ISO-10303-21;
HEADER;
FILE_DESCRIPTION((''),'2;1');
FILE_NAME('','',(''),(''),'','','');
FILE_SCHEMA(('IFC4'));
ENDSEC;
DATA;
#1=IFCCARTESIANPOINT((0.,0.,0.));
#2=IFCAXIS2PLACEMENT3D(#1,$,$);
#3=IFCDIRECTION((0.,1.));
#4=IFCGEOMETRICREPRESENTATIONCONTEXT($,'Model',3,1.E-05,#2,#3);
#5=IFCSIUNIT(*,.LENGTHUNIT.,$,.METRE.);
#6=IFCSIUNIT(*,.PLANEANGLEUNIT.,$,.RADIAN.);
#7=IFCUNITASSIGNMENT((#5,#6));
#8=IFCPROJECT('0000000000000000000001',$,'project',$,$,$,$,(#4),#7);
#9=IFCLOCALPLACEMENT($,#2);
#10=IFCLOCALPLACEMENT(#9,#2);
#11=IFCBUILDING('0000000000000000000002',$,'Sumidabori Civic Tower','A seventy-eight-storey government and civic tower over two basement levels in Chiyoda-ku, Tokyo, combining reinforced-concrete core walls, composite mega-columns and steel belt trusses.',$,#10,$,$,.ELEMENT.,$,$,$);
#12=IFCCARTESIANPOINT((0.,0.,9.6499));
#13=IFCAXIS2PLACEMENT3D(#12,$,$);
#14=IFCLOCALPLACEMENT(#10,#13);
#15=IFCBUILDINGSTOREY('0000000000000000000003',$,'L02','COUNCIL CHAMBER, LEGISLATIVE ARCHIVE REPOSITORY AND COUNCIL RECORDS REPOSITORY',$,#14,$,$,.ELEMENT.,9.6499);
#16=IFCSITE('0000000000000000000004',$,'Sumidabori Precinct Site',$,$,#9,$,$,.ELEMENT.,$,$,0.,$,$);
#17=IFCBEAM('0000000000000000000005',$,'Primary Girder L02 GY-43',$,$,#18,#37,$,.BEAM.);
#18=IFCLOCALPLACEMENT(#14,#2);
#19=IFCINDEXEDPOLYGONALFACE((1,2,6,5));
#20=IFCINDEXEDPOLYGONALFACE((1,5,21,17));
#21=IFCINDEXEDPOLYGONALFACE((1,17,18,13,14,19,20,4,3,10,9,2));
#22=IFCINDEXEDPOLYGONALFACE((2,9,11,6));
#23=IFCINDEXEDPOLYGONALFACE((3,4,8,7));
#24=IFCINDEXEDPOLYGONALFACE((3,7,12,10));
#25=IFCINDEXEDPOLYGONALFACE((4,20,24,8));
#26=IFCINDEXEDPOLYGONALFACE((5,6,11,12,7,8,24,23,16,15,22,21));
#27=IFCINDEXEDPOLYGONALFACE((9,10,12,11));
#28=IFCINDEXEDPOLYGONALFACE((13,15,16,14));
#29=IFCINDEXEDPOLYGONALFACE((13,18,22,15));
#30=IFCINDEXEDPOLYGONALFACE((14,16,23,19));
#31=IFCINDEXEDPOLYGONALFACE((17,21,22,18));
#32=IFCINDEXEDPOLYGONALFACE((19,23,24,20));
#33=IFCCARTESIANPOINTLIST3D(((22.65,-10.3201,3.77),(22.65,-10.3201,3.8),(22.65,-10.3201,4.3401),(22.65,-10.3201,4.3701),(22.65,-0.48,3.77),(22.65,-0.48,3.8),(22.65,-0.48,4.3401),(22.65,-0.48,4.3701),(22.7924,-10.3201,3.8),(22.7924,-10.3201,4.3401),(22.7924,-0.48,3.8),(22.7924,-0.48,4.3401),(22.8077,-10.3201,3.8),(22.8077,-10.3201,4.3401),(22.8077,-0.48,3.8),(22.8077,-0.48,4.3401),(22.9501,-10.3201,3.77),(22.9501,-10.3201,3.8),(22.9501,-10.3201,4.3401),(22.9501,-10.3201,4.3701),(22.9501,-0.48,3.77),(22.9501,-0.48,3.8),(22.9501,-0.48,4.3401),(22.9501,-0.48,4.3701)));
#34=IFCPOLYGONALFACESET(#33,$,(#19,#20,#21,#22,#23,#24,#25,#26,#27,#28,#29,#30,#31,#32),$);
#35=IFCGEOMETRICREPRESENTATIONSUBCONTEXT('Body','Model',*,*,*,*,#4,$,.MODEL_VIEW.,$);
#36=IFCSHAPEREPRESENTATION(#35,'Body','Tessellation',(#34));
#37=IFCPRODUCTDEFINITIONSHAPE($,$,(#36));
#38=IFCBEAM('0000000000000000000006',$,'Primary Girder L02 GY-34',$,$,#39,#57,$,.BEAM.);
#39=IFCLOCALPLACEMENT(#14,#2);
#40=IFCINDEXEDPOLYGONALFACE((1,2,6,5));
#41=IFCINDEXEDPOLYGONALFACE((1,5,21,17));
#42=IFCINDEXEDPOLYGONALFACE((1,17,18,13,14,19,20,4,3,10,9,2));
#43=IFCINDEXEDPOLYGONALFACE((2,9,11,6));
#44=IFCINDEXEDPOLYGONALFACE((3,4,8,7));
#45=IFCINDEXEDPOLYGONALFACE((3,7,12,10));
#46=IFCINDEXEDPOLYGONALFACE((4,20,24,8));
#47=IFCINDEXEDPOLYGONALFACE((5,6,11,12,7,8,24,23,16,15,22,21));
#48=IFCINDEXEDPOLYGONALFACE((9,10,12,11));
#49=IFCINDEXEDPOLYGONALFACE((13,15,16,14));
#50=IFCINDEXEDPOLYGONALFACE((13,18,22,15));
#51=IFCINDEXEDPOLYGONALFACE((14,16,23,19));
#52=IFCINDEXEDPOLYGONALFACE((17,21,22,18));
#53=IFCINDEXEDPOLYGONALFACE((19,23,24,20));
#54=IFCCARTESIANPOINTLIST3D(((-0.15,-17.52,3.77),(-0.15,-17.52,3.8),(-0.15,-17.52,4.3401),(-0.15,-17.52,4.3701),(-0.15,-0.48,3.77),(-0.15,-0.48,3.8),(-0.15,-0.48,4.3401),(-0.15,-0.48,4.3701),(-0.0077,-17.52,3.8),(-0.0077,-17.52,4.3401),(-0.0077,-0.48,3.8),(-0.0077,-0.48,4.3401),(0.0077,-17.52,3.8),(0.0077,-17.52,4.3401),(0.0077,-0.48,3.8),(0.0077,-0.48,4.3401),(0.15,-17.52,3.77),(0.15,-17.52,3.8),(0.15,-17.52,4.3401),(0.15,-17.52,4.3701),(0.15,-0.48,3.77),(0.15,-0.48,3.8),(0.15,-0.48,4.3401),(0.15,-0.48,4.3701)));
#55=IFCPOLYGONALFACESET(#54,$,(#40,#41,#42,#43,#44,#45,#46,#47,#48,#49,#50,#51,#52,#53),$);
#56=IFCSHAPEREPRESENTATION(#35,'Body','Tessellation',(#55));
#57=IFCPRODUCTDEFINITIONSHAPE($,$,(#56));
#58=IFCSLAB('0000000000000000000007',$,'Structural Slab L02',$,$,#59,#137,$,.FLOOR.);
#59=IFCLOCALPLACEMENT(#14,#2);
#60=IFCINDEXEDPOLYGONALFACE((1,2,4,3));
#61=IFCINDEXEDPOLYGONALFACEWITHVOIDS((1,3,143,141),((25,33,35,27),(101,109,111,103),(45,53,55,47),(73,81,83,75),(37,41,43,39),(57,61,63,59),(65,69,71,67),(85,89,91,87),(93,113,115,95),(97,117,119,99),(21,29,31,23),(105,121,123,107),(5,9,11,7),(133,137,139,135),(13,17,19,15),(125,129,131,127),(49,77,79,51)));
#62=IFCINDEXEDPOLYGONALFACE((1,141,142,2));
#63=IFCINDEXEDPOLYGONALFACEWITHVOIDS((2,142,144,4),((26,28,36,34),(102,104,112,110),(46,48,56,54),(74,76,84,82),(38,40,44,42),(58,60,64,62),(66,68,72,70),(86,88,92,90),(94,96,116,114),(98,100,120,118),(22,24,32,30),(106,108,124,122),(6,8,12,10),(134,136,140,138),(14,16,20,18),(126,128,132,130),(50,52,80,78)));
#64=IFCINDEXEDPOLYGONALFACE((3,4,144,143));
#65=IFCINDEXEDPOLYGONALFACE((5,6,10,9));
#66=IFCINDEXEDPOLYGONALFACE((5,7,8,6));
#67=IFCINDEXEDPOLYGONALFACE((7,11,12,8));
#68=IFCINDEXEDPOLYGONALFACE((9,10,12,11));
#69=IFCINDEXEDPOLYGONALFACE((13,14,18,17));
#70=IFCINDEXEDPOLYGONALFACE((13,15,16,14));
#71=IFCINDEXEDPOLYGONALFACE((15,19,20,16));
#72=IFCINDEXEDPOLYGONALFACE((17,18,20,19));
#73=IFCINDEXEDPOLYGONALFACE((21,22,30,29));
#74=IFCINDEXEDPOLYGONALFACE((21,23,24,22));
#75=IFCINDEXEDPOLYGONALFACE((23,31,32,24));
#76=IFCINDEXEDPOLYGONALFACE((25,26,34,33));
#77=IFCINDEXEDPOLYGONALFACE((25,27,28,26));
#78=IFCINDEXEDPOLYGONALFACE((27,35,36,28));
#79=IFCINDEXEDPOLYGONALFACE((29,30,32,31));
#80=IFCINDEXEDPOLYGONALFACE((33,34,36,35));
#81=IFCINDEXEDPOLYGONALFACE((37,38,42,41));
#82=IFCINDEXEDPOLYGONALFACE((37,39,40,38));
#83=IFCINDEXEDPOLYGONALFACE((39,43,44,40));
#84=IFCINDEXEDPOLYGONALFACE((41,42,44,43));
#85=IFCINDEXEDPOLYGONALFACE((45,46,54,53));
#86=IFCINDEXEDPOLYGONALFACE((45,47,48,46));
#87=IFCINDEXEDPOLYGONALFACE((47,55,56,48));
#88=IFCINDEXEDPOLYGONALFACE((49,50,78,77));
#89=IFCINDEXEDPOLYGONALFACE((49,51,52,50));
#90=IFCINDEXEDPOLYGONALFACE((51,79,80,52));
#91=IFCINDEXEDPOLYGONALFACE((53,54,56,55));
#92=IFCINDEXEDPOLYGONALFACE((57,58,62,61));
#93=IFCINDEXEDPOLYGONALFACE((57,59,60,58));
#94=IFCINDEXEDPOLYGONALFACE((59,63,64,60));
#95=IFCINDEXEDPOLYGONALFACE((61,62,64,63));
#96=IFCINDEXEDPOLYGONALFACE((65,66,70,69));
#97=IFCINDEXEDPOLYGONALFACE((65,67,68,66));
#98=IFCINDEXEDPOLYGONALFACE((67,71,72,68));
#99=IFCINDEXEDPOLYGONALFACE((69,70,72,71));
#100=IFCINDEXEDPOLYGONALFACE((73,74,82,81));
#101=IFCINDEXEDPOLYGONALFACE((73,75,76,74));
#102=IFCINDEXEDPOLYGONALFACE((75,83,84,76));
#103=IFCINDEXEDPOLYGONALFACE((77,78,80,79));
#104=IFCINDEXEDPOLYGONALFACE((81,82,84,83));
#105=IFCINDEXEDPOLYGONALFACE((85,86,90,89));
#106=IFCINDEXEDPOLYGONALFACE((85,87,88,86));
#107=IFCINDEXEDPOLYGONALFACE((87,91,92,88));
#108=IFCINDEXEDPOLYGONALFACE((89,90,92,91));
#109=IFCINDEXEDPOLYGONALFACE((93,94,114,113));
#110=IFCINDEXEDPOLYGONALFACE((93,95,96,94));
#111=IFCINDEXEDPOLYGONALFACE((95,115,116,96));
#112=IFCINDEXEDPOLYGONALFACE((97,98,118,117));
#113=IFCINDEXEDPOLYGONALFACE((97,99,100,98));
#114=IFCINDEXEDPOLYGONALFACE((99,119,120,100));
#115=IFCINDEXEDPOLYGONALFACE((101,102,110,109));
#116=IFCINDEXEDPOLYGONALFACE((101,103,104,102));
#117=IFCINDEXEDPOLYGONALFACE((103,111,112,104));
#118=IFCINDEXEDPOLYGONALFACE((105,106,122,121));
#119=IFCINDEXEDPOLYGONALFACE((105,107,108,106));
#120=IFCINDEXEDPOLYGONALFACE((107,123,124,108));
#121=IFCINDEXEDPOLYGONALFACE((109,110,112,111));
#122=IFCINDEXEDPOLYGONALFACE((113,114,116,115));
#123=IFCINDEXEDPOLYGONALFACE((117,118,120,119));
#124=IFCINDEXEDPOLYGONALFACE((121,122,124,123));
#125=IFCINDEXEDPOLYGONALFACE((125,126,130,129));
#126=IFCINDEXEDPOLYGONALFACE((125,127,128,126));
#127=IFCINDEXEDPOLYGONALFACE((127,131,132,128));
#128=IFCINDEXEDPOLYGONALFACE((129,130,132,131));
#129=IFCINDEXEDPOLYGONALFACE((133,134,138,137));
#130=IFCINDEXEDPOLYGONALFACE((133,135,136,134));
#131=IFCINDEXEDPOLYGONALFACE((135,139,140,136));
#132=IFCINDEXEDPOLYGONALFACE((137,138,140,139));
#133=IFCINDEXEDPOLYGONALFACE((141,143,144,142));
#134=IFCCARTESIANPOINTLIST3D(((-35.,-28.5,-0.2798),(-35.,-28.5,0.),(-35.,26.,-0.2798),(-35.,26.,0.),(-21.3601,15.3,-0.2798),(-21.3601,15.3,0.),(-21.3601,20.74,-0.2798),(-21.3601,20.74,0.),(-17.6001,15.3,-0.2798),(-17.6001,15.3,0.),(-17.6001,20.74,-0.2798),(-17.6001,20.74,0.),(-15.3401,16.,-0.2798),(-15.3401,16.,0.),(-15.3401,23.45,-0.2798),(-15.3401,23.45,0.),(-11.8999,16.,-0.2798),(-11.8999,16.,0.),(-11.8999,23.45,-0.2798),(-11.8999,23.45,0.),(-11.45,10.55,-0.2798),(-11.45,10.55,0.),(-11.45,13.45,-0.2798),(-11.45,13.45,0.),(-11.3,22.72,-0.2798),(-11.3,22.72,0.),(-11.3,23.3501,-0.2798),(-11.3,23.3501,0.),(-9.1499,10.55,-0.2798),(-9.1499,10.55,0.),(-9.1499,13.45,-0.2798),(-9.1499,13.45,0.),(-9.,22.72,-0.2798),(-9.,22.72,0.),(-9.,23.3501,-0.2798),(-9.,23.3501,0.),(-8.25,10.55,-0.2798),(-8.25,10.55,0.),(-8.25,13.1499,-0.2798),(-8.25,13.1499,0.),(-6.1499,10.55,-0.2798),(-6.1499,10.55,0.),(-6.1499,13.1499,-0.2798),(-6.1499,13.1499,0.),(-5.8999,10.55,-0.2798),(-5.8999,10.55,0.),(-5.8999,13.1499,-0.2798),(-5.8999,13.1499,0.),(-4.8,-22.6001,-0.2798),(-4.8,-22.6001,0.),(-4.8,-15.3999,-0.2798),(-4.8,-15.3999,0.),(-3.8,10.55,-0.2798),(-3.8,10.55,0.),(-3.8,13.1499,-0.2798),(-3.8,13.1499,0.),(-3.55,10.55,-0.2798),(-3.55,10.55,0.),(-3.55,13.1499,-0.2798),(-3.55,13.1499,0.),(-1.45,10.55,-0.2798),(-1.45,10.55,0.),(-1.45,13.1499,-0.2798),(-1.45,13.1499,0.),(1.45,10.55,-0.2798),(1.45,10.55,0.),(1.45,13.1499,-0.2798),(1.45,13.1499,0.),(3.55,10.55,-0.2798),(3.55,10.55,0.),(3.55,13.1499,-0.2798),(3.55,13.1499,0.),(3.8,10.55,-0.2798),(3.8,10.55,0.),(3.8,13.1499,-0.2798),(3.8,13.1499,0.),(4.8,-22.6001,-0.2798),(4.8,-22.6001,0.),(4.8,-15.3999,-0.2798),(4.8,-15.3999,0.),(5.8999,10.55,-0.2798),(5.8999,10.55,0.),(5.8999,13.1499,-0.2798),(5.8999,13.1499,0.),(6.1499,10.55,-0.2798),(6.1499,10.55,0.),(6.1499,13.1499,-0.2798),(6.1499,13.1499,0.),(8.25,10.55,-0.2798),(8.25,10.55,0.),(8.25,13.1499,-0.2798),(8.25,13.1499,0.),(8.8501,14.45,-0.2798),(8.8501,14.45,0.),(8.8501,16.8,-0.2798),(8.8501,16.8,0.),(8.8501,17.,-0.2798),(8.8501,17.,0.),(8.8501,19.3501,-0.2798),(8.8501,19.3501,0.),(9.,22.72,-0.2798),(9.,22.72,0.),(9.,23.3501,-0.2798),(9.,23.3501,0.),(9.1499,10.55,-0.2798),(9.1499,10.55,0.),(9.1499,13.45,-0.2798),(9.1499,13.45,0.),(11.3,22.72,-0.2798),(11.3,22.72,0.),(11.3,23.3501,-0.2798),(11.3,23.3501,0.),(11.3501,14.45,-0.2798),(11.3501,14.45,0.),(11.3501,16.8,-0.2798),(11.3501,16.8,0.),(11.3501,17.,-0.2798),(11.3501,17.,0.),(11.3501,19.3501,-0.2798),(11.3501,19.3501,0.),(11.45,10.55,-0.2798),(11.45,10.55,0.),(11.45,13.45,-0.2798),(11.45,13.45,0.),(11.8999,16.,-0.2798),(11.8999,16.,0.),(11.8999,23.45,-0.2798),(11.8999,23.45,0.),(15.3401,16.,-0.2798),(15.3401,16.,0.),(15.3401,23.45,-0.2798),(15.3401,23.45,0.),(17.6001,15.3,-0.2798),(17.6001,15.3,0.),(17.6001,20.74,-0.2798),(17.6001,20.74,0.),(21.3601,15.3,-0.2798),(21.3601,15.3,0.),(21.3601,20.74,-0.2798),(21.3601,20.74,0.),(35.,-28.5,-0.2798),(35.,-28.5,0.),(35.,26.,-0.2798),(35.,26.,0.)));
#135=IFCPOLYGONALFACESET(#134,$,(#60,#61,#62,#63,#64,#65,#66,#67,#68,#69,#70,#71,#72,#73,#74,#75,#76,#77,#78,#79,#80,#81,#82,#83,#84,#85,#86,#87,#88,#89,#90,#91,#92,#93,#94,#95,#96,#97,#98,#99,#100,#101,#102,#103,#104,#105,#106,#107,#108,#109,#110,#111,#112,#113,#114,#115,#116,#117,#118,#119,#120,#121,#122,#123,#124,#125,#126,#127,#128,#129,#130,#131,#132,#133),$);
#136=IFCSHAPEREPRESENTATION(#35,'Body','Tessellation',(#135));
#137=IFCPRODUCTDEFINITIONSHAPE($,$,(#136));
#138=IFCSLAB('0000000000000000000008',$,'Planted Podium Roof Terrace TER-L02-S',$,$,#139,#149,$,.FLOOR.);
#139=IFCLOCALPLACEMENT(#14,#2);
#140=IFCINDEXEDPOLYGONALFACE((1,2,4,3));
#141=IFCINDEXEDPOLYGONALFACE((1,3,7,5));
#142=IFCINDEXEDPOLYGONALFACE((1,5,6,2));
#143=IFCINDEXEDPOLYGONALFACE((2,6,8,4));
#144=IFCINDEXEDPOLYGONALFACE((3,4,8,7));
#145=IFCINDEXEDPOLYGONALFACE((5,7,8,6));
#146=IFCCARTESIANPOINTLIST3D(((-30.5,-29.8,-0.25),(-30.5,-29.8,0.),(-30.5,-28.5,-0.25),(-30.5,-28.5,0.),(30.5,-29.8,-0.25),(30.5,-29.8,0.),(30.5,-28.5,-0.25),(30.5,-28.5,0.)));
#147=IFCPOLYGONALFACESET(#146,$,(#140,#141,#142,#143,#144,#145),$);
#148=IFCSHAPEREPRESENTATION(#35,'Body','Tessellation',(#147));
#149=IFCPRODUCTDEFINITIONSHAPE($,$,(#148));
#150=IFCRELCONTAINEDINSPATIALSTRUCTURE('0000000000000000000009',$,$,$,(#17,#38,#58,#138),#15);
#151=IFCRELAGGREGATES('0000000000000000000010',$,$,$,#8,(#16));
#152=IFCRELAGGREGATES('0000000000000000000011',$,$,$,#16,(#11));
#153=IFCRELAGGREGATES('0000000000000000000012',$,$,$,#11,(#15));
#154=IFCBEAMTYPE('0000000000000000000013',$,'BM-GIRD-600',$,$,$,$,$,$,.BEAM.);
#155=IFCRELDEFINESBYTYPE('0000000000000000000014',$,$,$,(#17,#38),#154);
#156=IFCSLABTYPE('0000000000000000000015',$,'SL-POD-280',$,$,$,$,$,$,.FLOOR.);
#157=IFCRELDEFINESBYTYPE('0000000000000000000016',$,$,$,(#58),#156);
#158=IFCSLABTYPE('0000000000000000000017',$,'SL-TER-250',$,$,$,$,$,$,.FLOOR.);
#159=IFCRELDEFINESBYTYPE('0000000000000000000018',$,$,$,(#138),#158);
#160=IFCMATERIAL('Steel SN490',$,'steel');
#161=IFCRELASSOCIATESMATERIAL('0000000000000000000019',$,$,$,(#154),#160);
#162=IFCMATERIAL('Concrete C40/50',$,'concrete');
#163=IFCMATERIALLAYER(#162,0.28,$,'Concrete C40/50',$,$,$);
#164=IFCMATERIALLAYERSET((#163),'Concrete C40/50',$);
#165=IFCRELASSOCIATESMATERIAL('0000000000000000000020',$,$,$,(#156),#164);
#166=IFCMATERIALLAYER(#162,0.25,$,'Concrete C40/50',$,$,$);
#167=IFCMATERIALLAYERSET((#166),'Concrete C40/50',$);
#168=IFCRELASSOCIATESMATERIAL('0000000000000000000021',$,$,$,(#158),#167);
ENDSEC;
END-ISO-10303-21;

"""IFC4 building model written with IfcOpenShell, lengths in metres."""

from ifc_helpers import new_model, si_unit, direction, frame, origin, origin_2d, place, context, subcontext, project, spatial, polyline, i_section, outline, extrude, source, transform, mapped, material, layer, layer_set, material_profile, profile_set, type_object, element, save


model = new_model("IFC4")

# Units and contexts
model_context = context("Model", 3, precision=1e-05, world=origin(), true_north=direction((0.0, 1.0)))
body_context = subcontext(model_context, "Body", "Model", "MODEL_VIEW")
ifc_project = project(units=[si_unit("LENGTHUNIT", "METRE"), si_unit("PLANEANGLEUNIT", "RADIAN")], contexts=[model_context])

# Site, building, storey
site_placement = place(None, origin())
site = spatial("IfcSite", under=ifc_project, at=site_placement, Name="Sumidabori Precinct Site", CompositionType="ELEMENT", RefElevation=0.0)
building_placement = place(site_placement, origin())
building = spatial("IfcBuilding", under=site, at=building_placement, Name="Sumidabori Civic Tower", Description="A seventy-eight-storey government and civic tower over two basement levels in Chiyoda-ku, Tokyo, combining reinforced-concrete core walls, composite mega-columns and steel belt trusses.", CompositionType="ELEMENT")
storey_placement = place(building_placement, frame((0.0, 0.0, 9.6499)))
storey = spatial("IfcBuildingStorey", under=building, at=storey_placement, Name="L02", Description="COUNCIL CHAMBER, LEGISLATIVE ARCHIVE REPOSITORY AND COUNCIL RECORDS REPOSITORY", CompositionType="ELEMENT", Elevation=9.6499)

# Beams
ifc_material_1 = material(Name="Steel SN490", Category="steel")
ifc_material_profile_1 = material_profile(ifc_material_1, i_section(OverallWidth=0.3, OverallDepth=0.6001, WebThickness=0.0154, FlangeThickness=0.03, at=origin_2d()), Name="HE 600 B")
ifc_profile_set_1 = profile_set([ifc_material_profile_1], Name="Steel SN490")
beam_type_1 = type_object("IfcBeamType", Name="BM-GIRD-600", PredefinedType="BEAM", material=ifc_profile_set_1)
shared_shape_1 = source(origin(), body_context, "Body", "SweptSolid", [
    extrude(i_section(OverallWidth=0.3, OverallDepth=0.6001, WebThickness=0.0154, FlangeThickness=0.03, at=origin_2d()), origin(), (0.0, 0.0, 1.0), 9.8401),
])
for number, where, z_axis, x_axis, name in (
    (1, (22.8, -10.3201, 4.0701), (0.0, 1.0, 0.0), (-1.0, 0.0, 0.0), "Primary Girder L02 GY-43"),
):
    element("IfcBeam", number, at=place(storey_placement, frame(where, z_axis=z_axis, x_axis=x_axis)), inside=storey, type_object=beam_type_1, Name=name, PredefinedType="BEAM", context=body_context, shape_type="MappedRepresentation", body=[
        mapped(shared_shape_1, transform((0.0, 0.0, 0.0), x_axis=(1.0, 0.0, 0.0), y_axis=(0.0, 1.0, 0.0), z_axis=(0.0, 0.0, 1.0), scale=1.0)),
    ])
shared_shape_2 = source(origin(), body_context, "Body", "SweptSolid", [
    extrude(i_section(OverallWidth=0.3, OverallDepth=0.6001, WebThickness=0.0154, FlangeThickness=0.03, at=origin_2d()), origin(), (0.0, 0.0, 1.0), 17.04),
])
beam_1_placement = place(storey_placement, frame((0.0, -17.52, 4.0701), z_axis=(0.0, 1.0, 0.0), x_axis=(-1.0, 0.0, 0.0)))
element("IfcBeam", 2, at=beam_1_placement, inside=storey, type_object=beam_type_1, Name="Primary Girder L02 GY-34", PredefinedType="BEAM", context=body_context, shape_type="MappedRepresentation", body=[
    mapped(shared_shape_2, transform((0.0, 0.0, 0.0), x_axis=(1.0, 0.0, 0.0), y_axis=(0.0, 1.0, 0.0), z_axis=(0.0, 0.0, 1.0), scale=1.0)),
])

# Slabs
ifc_material_2 = material(Name="Concrete C40/50", Category="concrete")
ifc_layer_1 = layer(ifc_material_2, 0.28, Name="Concrete C40/50")
ifc_layer_set_1 = layer_set([ifc_layer_1], Name="Concrete C40/50")
slab_type_1 = type_object("IfcSlabType", Name="SL-POD-280", PredefinedType="FLOOR", material=ifc_layer_set_1)
slab_1_placement = place(storey_placement, frame((0.0, 0.0, -0.2798)))
element("IfcSlab", 3, at=slab_1_placement, inside=storey, type_object=slab_type_1, Name="Structural Slab L02", PredefinedType="FLOOR", context=body_context, shape_type="SweptSolid", body=[
    extrude(outline(polyline([(-35.0, -28.5), (35.0, -28.5), (35.0, 26.0), (-35.0, 26.0), (-35.0, -28.5)]), holes=[polyline([(-11.8999, 16.0), (-11.8999, 23.45), (-15.3401, 23.45), (-15.3401, 16.0), (-11.8999, 16.0)]), polyline([(15.3401, 16.0), (15.3401, 23.45), (11.8999, 23.45), (11.8999, 16.0), (15.3401, 16.0)]), polyline([(-17.6001, 15.3), (-17.6001, 20.74), (-21.3601, 20.74), (-21.3601, 15.3), (-17.6001, 15.3)]), polyline([(21.3601, 15.3), (21.3601, 20.74), (17.6001, 20.74), (17.6001, 15.3), (21.3601, 15.3)]), polyline([(-11.45, 10.55), (-9.1499, 10.55), (-9.1499, 13.45), (-11.45, 13.45), (-11.45, 10.55)]), polyline([(9.1499, 10.55), (11.45, 10.55), (11.45, 13.45), (9.1499, 13.45), (9.1499, 10.55)]), polyline([(-8.25, 10.55), (-6.1499, 10.55), (-6.1499, 13.1499), (-8.25, 13.1499), (-8.25, 10.55)]), polyline([(-5.8999, 10.55), (-3.8, 10.55), (-3.8, 13.1499), (-5.8999, 13.1499), (-5.8999, 10.55)]), polyline([(-3.55, 10.55), (-1.45, 10.55), (-1.45, 13.1499), (-3.55, 13.1499), (-3.55, 10.55)]), polyline([(1.45, 10.55), (3.55, 10.55), (3.55, 13.1499), (1.45, 13.1499), (1.45, 10.55)]), polyline([(3.8, 10.55), (5.8999, 10.55), (5.8999, 13.1499), (3.8, 13.1499), (3.8, 10.55)]), polyline([(6.1499, 10.55), (8.25, 10.55), (8.25, 13.1499), (6.1499, 13.1499), (6.1499, 10.55)]), polyline([(8.8501, 14.45), (11.3501, 14.45), (11.3501, 16.8), (8.8501, 16.8), (8.8501, 14.45)]), polyline([(8.8501, 17.0), (11.3501, 17.0), (11.3501, 19.3501), (8.8501, 19.3501), (8.8501, 17.0)]), polyline([(-11.3, 22.72), (-9.0, 22.72), (-9.0, 23.3501), (-11.3, 23.3501), (-11.3, 22.72)]), polyline([(9.0, 22.72), (11.3, 22.72), (11.3, 23.3501), (9.0, 23.3501), (9.0, 22.72)]), polyline([(-4.8, -22.6001), (4.8, -22.6001), (4.8, -15.3999), (-4.8, -15.3999), (-4.8, -22.6001)])]), origin(), (0.0, 0.0, 1.0), 0.2798),
])
ifc_layer_2 = layer(ifc_material_2, 0.25, Name="Concrete C40/50")
ifc_layer_set_2 = layer_set([ifc_layer_2], Name="Concrete C40/50")
slab_type_2 = type_object("IfcSlabType", Name="SL-TER-250", PredefinedType="FLOOR", material=ifc_layer_set_2)
slab_2_placement = place(storey_placement, frame((0.0, 0.0, -0.25)))
element("IfcSlab", 4, at=slab_2_placement, inside=storey, type_object=slab_type_2, Name="Planted Podium Roof Terrace TER-L02-S", PredefinedType="FLOOR", context=body_context, shape_type="SweptSolid", body=[
    extrude(outline(polyline([(-30.5, -29.8), (30.5, -29.8), (30.5, -28.5), (-30.5, -28.5), (-30.5, -29.8)])), origin(), (0.0, 0.0, 1.0), 0.25),
])

save(model, "model.ifc")
